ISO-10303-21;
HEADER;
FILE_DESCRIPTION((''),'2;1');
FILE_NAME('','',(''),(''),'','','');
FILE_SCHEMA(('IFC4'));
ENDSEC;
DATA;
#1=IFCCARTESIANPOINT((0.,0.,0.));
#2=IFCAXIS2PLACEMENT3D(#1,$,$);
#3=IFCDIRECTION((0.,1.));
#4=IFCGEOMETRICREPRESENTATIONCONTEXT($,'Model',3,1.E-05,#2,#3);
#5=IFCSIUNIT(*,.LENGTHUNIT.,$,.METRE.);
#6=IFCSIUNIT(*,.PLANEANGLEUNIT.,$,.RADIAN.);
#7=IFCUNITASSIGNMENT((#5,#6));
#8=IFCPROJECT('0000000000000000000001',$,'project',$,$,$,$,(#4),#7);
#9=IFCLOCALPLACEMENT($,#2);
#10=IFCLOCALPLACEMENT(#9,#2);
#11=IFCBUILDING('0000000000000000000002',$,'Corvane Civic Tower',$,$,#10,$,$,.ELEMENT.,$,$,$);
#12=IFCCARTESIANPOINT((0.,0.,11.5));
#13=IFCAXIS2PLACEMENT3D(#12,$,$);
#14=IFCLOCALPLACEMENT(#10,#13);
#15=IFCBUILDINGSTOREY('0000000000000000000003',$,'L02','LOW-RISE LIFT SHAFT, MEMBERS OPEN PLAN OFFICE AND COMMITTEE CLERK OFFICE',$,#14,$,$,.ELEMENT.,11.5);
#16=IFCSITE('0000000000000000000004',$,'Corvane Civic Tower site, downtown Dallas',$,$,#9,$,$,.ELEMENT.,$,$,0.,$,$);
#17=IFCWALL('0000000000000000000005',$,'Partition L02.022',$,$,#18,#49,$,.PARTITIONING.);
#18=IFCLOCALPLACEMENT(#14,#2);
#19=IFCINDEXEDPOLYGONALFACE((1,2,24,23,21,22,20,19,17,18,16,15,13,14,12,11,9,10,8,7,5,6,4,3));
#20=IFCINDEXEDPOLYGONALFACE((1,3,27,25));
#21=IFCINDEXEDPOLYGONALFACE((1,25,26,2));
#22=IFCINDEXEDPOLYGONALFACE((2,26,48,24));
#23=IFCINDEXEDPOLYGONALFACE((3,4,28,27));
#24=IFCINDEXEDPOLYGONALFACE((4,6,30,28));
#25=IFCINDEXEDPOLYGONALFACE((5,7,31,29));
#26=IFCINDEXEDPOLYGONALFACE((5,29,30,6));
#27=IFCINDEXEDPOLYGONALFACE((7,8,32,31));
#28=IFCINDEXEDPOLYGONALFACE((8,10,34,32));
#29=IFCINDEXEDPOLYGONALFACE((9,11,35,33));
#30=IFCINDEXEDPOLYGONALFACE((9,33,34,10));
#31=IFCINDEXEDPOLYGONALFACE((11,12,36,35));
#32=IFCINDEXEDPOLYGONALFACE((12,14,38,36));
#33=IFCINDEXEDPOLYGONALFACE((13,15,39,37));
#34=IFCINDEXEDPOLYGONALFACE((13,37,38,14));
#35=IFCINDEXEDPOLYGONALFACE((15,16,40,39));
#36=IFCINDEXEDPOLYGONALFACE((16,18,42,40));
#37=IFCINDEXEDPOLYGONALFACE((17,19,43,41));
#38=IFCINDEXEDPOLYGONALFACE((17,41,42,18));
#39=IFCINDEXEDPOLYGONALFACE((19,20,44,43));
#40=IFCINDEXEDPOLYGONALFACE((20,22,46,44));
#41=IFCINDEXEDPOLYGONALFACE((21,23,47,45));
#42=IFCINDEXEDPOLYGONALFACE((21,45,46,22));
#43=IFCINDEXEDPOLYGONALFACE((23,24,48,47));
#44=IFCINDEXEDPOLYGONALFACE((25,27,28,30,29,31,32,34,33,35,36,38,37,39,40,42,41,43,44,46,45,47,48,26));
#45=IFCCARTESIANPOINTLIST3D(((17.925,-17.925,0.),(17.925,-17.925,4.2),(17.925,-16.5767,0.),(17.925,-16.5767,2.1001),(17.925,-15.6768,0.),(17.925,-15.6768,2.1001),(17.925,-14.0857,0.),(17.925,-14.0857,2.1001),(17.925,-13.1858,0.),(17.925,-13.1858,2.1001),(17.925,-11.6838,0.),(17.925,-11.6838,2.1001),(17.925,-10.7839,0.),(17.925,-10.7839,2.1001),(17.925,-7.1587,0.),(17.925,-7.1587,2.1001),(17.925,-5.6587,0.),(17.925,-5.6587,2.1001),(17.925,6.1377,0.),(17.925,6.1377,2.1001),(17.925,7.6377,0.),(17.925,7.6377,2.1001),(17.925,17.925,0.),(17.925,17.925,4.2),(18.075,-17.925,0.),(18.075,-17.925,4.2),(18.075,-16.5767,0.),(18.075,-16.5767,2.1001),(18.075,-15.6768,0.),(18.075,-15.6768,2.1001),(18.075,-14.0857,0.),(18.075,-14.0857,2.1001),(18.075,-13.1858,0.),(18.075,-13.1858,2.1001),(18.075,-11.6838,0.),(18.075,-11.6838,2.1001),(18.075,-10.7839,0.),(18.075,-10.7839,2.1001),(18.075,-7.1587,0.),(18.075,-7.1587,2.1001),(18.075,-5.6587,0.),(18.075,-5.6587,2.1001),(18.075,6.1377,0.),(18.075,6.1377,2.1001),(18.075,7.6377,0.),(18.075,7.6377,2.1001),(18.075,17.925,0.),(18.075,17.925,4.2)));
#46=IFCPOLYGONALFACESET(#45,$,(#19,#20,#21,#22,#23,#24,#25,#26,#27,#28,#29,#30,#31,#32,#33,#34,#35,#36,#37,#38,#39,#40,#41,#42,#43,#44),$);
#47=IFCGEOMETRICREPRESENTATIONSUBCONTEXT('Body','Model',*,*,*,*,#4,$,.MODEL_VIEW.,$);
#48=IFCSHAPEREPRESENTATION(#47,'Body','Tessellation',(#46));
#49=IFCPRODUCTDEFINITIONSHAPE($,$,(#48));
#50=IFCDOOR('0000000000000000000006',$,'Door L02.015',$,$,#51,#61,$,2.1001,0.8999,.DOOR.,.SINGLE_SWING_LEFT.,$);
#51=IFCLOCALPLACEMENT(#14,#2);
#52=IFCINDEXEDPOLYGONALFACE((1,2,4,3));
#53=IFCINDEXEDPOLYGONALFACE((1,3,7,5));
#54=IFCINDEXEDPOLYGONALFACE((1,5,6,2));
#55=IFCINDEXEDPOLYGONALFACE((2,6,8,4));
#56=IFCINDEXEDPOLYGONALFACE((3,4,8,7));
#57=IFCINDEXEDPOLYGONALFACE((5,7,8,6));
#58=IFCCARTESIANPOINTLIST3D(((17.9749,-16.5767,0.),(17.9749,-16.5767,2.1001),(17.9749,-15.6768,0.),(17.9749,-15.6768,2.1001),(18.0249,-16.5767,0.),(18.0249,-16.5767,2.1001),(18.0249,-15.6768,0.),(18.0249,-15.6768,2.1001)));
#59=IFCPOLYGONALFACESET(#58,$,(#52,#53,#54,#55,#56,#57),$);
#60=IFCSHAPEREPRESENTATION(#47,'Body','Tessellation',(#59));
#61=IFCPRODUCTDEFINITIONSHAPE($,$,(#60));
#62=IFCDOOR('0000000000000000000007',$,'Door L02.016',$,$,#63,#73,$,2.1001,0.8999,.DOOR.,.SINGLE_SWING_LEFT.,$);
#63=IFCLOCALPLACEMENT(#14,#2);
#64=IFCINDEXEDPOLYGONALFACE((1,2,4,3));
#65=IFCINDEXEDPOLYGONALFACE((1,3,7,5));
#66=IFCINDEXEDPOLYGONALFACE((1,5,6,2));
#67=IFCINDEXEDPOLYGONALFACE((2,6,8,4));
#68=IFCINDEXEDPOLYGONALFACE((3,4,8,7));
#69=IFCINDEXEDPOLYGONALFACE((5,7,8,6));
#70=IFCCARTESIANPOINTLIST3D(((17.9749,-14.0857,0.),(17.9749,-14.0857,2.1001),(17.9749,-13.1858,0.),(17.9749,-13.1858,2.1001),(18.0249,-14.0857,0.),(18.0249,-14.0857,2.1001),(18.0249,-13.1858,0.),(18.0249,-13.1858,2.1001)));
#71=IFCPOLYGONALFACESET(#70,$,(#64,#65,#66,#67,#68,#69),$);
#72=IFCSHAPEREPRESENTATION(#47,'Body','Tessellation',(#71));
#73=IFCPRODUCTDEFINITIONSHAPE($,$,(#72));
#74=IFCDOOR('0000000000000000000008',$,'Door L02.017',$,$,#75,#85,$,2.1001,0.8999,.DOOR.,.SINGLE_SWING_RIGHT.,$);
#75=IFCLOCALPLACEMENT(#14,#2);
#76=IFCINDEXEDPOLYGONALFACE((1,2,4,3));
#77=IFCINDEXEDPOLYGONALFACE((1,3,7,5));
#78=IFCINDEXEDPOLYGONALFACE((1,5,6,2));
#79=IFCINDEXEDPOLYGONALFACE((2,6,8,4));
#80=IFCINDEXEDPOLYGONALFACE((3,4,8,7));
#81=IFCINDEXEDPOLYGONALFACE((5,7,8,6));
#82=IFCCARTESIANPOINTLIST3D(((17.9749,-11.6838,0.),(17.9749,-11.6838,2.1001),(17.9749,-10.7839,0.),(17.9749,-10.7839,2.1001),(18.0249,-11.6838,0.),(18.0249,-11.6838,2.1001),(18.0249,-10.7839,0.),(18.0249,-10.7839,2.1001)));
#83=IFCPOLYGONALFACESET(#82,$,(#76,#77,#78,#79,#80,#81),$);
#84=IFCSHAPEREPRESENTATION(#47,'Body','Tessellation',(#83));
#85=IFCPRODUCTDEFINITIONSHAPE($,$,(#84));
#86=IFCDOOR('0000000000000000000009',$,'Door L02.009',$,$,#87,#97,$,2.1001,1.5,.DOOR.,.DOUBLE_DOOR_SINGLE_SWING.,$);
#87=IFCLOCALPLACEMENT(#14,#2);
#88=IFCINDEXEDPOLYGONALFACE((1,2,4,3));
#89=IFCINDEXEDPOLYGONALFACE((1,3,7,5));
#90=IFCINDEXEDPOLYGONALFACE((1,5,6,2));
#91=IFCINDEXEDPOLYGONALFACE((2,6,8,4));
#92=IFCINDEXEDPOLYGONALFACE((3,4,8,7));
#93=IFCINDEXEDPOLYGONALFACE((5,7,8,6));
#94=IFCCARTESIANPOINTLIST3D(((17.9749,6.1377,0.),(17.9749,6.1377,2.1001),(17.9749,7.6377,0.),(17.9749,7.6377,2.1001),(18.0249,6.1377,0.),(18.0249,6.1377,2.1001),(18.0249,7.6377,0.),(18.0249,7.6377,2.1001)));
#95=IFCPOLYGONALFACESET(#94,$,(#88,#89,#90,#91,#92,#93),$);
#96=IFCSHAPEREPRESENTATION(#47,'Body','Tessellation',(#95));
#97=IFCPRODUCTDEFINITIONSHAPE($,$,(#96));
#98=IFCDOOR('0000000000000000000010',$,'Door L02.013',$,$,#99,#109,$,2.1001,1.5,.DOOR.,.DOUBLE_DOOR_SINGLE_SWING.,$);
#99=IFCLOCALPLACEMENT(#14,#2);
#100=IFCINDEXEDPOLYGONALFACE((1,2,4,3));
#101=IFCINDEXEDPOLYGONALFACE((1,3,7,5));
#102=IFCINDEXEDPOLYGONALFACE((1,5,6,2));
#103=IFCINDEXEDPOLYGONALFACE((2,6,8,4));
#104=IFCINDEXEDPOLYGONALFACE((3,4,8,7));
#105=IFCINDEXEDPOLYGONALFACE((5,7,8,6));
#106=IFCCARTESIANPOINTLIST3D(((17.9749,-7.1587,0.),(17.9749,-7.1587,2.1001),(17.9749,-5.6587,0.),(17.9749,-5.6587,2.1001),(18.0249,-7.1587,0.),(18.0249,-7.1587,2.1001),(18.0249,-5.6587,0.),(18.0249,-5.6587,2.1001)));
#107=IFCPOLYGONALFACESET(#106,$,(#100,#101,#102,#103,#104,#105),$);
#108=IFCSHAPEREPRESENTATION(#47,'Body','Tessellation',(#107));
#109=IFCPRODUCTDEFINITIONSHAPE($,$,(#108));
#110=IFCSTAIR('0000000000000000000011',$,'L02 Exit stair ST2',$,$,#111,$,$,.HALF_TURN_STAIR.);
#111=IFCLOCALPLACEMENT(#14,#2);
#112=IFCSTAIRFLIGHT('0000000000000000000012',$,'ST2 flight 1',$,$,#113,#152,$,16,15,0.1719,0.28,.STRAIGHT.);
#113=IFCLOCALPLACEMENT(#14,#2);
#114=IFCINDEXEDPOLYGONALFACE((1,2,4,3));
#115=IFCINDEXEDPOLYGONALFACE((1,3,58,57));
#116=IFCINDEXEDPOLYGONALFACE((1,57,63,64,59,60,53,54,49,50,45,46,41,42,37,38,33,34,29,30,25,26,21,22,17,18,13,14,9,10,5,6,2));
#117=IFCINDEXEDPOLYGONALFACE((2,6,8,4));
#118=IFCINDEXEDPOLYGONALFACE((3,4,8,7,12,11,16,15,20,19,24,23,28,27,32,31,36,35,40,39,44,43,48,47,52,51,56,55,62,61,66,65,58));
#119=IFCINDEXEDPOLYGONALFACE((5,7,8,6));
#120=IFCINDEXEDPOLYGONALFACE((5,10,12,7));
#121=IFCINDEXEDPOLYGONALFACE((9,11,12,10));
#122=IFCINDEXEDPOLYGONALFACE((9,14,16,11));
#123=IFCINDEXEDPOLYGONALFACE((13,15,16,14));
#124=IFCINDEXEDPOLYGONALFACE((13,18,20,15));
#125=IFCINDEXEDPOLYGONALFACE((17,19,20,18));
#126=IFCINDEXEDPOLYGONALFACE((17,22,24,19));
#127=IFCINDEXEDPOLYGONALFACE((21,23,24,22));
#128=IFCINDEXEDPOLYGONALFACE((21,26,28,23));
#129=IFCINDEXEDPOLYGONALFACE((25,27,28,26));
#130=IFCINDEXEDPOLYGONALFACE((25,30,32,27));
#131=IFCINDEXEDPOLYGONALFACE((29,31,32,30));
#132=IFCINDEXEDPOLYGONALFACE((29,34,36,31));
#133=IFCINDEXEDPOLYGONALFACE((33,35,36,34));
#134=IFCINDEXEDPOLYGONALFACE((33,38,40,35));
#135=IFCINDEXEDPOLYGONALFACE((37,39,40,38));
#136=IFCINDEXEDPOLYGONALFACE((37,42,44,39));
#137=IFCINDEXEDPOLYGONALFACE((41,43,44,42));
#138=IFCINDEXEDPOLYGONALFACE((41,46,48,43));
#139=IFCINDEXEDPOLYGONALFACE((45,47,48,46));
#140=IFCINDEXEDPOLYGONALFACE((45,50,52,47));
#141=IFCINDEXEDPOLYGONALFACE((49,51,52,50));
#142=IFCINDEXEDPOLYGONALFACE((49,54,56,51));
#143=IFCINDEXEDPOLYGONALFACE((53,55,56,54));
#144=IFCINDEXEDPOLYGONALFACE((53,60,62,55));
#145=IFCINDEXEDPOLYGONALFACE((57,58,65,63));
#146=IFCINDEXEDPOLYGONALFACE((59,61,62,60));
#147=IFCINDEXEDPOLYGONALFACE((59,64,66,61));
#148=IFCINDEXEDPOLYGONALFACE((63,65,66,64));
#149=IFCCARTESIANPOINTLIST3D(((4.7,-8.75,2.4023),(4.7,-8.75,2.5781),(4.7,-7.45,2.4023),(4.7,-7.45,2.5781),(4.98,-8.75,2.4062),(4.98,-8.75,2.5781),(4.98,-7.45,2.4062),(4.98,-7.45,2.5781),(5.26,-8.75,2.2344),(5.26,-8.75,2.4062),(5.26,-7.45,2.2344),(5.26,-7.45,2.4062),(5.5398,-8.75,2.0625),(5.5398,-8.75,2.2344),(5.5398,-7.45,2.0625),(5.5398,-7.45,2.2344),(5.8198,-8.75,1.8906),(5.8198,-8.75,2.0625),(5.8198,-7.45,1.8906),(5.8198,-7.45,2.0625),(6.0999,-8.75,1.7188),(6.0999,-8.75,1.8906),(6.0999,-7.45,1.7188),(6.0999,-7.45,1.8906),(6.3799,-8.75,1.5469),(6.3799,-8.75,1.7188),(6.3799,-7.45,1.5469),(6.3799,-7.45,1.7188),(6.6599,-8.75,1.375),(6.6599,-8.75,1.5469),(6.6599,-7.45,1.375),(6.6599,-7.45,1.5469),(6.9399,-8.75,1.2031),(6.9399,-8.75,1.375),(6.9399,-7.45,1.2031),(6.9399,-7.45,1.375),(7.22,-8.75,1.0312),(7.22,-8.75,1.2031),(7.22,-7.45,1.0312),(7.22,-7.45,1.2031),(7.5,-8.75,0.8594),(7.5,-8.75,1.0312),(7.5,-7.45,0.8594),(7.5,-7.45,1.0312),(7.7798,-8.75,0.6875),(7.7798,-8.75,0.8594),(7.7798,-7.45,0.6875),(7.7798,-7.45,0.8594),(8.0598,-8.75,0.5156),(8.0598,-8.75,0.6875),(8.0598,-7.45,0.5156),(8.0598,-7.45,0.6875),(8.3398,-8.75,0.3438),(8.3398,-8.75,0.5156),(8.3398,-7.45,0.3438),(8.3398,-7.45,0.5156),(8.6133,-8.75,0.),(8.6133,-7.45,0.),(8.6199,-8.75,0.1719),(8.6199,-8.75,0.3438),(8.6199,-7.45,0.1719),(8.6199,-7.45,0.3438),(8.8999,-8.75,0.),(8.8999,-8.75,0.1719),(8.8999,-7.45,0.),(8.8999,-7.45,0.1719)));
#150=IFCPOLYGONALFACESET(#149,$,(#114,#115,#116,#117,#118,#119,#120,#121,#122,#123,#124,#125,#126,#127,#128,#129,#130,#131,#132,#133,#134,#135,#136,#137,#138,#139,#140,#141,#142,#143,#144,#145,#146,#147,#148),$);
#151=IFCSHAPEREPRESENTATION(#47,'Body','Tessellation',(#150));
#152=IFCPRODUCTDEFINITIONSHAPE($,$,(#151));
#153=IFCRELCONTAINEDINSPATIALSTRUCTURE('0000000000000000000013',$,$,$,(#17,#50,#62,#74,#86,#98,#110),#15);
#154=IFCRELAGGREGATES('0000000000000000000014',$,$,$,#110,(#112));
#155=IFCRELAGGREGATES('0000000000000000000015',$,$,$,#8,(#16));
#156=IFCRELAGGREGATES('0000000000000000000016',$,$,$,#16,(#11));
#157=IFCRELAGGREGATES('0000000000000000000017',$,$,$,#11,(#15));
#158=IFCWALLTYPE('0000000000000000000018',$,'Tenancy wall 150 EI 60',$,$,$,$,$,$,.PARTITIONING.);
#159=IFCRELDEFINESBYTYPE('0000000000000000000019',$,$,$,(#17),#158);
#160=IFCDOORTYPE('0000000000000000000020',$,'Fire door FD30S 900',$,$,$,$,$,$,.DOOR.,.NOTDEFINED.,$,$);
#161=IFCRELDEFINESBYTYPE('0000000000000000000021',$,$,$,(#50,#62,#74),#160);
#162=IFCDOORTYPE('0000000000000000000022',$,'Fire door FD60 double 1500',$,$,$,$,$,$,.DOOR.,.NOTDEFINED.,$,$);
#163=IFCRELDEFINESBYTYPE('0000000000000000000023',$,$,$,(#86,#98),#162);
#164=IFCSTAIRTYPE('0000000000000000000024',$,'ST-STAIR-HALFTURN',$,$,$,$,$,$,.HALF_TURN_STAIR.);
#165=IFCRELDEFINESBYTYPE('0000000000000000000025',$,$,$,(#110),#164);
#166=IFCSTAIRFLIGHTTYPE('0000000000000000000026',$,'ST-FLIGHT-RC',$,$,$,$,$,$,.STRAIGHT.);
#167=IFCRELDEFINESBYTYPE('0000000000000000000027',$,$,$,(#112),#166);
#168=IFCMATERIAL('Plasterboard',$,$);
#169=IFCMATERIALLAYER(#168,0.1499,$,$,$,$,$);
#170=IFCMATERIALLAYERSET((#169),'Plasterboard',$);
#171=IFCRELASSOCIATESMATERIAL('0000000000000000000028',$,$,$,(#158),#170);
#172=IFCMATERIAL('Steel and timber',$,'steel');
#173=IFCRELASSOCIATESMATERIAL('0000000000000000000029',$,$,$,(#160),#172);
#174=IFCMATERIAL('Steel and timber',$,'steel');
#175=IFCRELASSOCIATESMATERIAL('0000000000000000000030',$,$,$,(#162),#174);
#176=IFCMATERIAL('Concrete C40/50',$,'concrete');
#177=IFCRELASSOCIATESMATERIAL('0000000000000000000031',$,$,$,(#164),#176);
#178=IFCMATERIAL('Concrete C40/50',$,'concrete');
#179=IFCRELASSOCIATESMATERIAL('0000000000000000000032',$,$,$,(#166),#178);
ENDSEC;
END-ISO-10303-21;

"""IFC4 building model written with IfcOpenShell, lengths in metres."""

from ifc_helpers import new_model, si_unit, direction, frame, frame_2d, origin, place, context, subcontext, project, spatial, polyline, rectangle, outline, extrude, material, layer, layer_set, type_object, element, fill, aggregate, save


model = new_model("IFC4")

# Units and contexts
model_context = context("Model", 3, precision=1e-05, world=origin(), true_north=direction((0.0, 1.0)))
body_context = subcontext(model_context, "Body", "Model", "MODEL_VIEW")
ifc_project = project(units=[si_unit("LENGTHUNIT", "METRE"), si_unit("PLANEANGLEUNIT", "RADIAN")], contexts=[model_context])

# Site, building, storey
site_placement = place(None, origin())
site = spatial("IfcSite", under=ifc_project, at=site_placement, Name="Corvane Civic Tower site, downtown Dallas", CompositionType="ELEMENT", RefElevation=0.0)
building_placement = place(site_placement, origin())
building = spatial("IfcBuilding", under=site, at=building_placement, Name="Corvane Civic Tower", CompositionType="ELEMENT")
storey_placement = place(building_placement, frame((0.0, 0.0, 11.5)))
storey = spatial("IfcBuildingStorey", under=building, at=storey_placement, Name="L02", Description="LOW-RISE LIFT SHAFT, MEMBERS OPEN PLAN OFFICE AND COMMITTEE CLERK OFFICE", CompositionType="ELEMENT", Elevation=11.5)

# Wall, openings, doors
ifc_material_1 = material(Name="Plasterboard")
ifc_layer_1 = layer(ifc_material_1, 0.1499)
ifc_layer_set_1 = layer_set([ifc_layer_1], Name="Plasterboard")
wall_type_1 = type_object("IfcWallType", Name="Tenancy wall 150 EI 60", PredefinedType="PARTITIONING", material=ifc_layer_set_1)
wall_1_placement = place(storey_placement, frame((18.0, -17.925, 0.0), z_axis=(0.0, 0.0, 1.0), x_axis=(0.0, 1.0, 0.0)))
wall_1 = element("IfcWall", 1, at=wall_1_placement, inside=storey, type_object=wall_type_1, Name="Partition L02.022", PredefinedType="PARTITIONING", context=body_context, shape_type="SweptSolid", body=[
    extrude(rectangle(XDim=35.8501, YDim=0.1499, at=frame_2d((17.925, 0.0))), origin(), (0.0, 0.0, 1.0), 4.2),
])
opening_1_placement = place(wall_1_placement, frame((24.0627, 0.0, 0.0)))
opening_1 = element("IfcOpeningElement", 2, at=opening_1_placement, cuts=wall_1, PredefinedType="OPENING", context=body_context, shape_type="SweptSolid", body=[
    extrude(rectangle(XDim=1.5, YDim=2.1001, at=frame_2d((0.75, 1.05))), frame((0.0, 0.085, 0.0), z_axis=(0.0, -1.0, 0.0), x_axis=(1.0, 0.0, 0.0)), (0.0, 0.0, 1.0), 0.1699),
])
opening_2_placement = place(wall_1_placement, frame((10.7664, 0.0, 0.0)))
opening_2 = element("IfcOpeningElement", 3, at=opening_2_placement, cuts=wall_1, PredefinedType="OPENING", context=body_context, shape_type="SweptSolid", body=[
    extrude(rectangle(XDim=1.5, YDim=2.1001, at=frame_2d((0.75, 1.05))), frame((0.0, 0.085, 0.0), z_axis=(0.0, -1.0, 0.0), x_axis=(1.0, 0.0, 0.0)), (0.0, 0.0, 1.0), 0.1699),
])
opening_3_placement = place(wall_1_placement, frame((1.3484, 0.0, 0.0)))
opening_3 = element("IfcOpeningElement", 4, at=opening_3_placement, cuts=wall_1, PredefinedType="OPENING", context=body_context, shape_type="SweptSolid", body=[
    extrude(rectangle(XDim=0.8999, YDim=2.1001, at=frame_2d((0.45, 1.05))), frame((0.0, 0.085, 0.0), z_axis=(0.0, -1.0, 0.0), x_axis=(1.0, 0.0, 0.0)), (0.0, 0.0, 1.0), 0.1699),
])
opening_4_placement = place(wall_1_placement, frame((3.8394, 0.0, 0.0)))
opening_4 = element("IfcOpeningElement", 5, at=opening_4_placement, cuts=wall_1, PredefinedType="OPENING", context=body_context, shape_type="SweptSolid", body=[
    extrude(rectangle(XDim=0.8999, YDim=2.1001, at=frame_2d((0.45, 1.05))), frame((0.0, 0.085, 0.0), z_axis=(0.0, -1.0, 0.0), x_axis=(1.0, 0.0, 0.0)), (0.0, 0.0, 1.0), 0.1699),
])
opening_5_placement = place(wall_1_placement, frame((6.2412, 0.0, 0.0)))
opening_5 = element("IfcOpeningElement", 6, at=opening_5_placement, cuts=wall_1, PredefinedType="OPENING", context=body_context, shape_type="SweptSolid", body=[
    extrude(rectangle(XDim=0.8999, YDim=2.1001, at=frame_2d((0.45, 1.05))), frame((0.0, 0.085, 0.0), z_axis=(0.0, -1.0, 0.0), x_axis=(1.0, 0.0, 0.0)), (0.0, 0.0, 1.0), 0.1699),
])
ifc_material_2 = material(Name="Steel and timber", Category="steel")
door_type_1 = type_object("IfcDoorType", Name="Fire door FD30S 900", OperationType="NOTDEFINED", PredefinedType="DOOR", material=ifc_material_2)
door_1_placement = place(opening_3_placement, frame((0.8999, 0.0, 0.0), z_axis=(0.0, 0.0, 1.0), x_axis=(-1.0, 0.0, 0.0)))
door_1 = element("IfcDoor", 7, at=door_1_placement, inside=storey, type_object=door_type_1, Name="Door L02.015", OperationType="SINGLE_SWING_LEFT", OverallHeight=2.1001, OverallWidth=0.8999, PredefinedType="DOOR", context=body_context, shape_type="SweptSolid", body=[
    extrude(rectangle(XDim=0.8999, YDim=2.1001, at=frame_2d((0.45, 1.05))), frame((0.0, 0.0249, 0.0), z_axis=(0.0, -1.0, 0.0), x_axis=(1.0, 0.0, 0.0)), (0.0, 0.0, 1.0), 0.05),
])
fill(opening_3, door_1)
door_2_placement = place(opening_4_placement, frame((0.8999, 0.0, 0.0), z_axis=(0.0, 0.0, 1.0), x_axis=(-1.0, 0.0, 0.0)))
door_2 = element("IfcDoor", 8, at=door_2_placement, inside=storey, type_object=door_type_1, Name="Door L02.016", OperationType="SINGLE_SWING_LEFT", OverallHeight=2.1001, OverallWidth=0.8999, PredefinedType="DOOR", context=body_context, shape_type="SweptSolid", body=[
    extrude(rectangle(XDim=0.8999, YDim=2.1001, at=frame_2d((0.45, 1.05))), frame((0.0, 0.0249, 0.0), z_axis=(0.0, -1.0, 0.0), x_axis=(1.0, 0.0, 0.0)), (0.0, 0.0, 1.0), 0.05),
])
fill(opening_4, door_2)
door_3_placement = place(opening_5_placement, frame((0.8999, 0.0, 0.0), z_axis=(0.0, 0.0, 1.0), x_axis=(-1.0, 0.0, 0.0)))
door_3 = element("IfcDoor", 9, at=door_3_placement, inside=storey, type_object=door_type_1, Name="Door L02.017", OperationType="SINGLE_SWING_RIGHT", OverallHeight=2.1001, OverallWidth=0.8999, PredefinedType="DOOR", context=body_context, shape_type="SweptSolid", body=[
    extrude(rectangle(XDim=0.8999, YDim=2.1001, at=frame_2d((0.45, 1.05))), frame((0.0, 0.0249, 0.0), z_axis=(0.0, -1.0, 0.0), x_axis=(1.0, 0.0, 0.0)), (0.0, 0.0, 1.0), 0.05),
])
fill(opening_5, door_3)
ifc_material_3 = material(Name="Steel and timber", Category="steel")
door_type_2 = type_object("IfcDoorType", Name="Fire door FD60 double 1500", OperationType="NOTDEFINED", PredefinedType="DOOR", material=ifc_material_3)
door_4_placement = place(opening_1_placement, frame((1.5, 0.0, 0.0), z_axis=(0.0, 0.0, 1.0), x_axis=(-1.0, 0.0, 0.0)))
door_4 = element("IfcDoor", 10, at=door_4_placement, inside=storey, type_object=door_type_2, Name="Door L02.009", OperationType="DOUBLE_DOOR_SINGLE_SWING", OverallHeight=2.1001, OverallWidth=1.5, PredefinedType="DOOR", context=body_context, shape_type="SweptSolid", body=[
    extrude(rectangle(XDim=1.5, YDim=2.1001, at=frame_2d((0.75, 1.05))), frame((0.0, 0.0249, 0.0), z_axis=(0.0, -1.0, 0.0), x_axis=(1.0, 0.0, 0.0)), (0.0, 0.0, 1.0), 0.05),
])
fill(opening_1, door_4)
door_5_placement = place(opening_2_placement, frame((1.5, 0.0, 0.0), z_axis=(0.0, 0.0, 1.0), x_axis=(-1.0, 0.0, 0.0)))
door_5 = element("IfcDoor", 11, at=door_5_placement, inside=storey, type_object=door_type_2, Name="Door L02.013", OperationType="DOUBLE_DOOR_SINGLE_SWING", OverallHeight=2.1001, OverallWidth=1.5, PredefinedType="DOOR", context=body_context, shape_type="SweptSolid", body=[
    extrude(rectangle(XDim=1.5, YDim=2.1001, at=frame_2d((0.75, 1.05))), frame((0.0, 0.0249, 0.0), z_axis=(0.0, -1.0, 0.0), x_axis=(1.0, 0.0, 0.0)), (0.0, 0.0, 1.0), 0.05),
])
fill(opening_2, door_5)

# Stair, stair flight
ifc_material_4 = material(Name="Concrete C40/50", Category="concrete")
stair_type = type_object("IfcStairType", Name="ST-STAIR-HALFTURN", PredefinedType="HALF_TURN_STAIR", material=ifc_material_4)
stair_placement = place(storey_placement, origin())
stair = element("IfcStair", 12, at=stair_placement, inside=storey, type_object=stair_type, Name="L02 Exit stair ST2", PredefinedType="HALF_TURN_STAIR")
ifc_material_5 = material(Name="Concrete C40/50", Category="concrete")
stair_flight_type = type_object("IfcStairFlightType", Name="ST-FLIGHT-RC", PredefinedType="STRAIGHT", material=ifc_material_5)
stair_flight_1_placement = place(storey_placement, frame((8.8999, -8.1001, 0.0), z_axis=(0.0, 0.0, 1.0), x_axis=(-1.0, 0.0, 0.0)))
stair_flight_1 = element("IfcStairFlight", 13, at=stair_flight_1_placement, type_object=stair_flight_type, Name="ST2 flight 1", NumberOfRisers=16, NumberOfTreads=15, PredefinedType="STRAIGHT", RiserHeight=0.1719, TreadLength=0.28, context=body_context, shape_type="SweptSolid", body=[
    extrude(outline(polyline([(0.0, 0.0), (0.0, 0.1719), (0.28, 0.1719), (0.28, 0.3438), (0.5601, 0.3438), (0.5601, 0.5156), (0.8401, 0.5156), (0.8401, 0.6875), (1.1201, 0.6875), (1.1201, 0.8594), (1.3999, 0.8594), (1.3999, 1.0312), (1.6799, 1.0312), (1.6799, 1.2031), (1.96, 1.2031), (1.96, 1.375), (2.24, 1.375), (2.24, 1.5469), (2.52, 1.5469), (2.52, 1.7188), (2.8, 1.7188), (2.8, 1.8906), (3.0801, 1.8906), (3.0801, 2.0625), (3.3601, 2.0625), (3.3601, 2.2344), (3.6399, 2.2344), (3.6399, 2.4062), (3.9199, 2.4062), (3.9199, 2.5781), (4.2, 2.5781), (4.2, 2.75), (4.2, 2.4023), (0.2866, 0.0), (0.0, 0.0)])), frame((0.0, 0.6499, 0.0), z_axis=(0.0, -1.0, 0.0), x_axis=(1.0, 0.0, 0.0)), (0.0, 0.0, 1.0), 1.3),
])
aggregate(stair, [stair_flight_1])

save(model, "model.ifc")
